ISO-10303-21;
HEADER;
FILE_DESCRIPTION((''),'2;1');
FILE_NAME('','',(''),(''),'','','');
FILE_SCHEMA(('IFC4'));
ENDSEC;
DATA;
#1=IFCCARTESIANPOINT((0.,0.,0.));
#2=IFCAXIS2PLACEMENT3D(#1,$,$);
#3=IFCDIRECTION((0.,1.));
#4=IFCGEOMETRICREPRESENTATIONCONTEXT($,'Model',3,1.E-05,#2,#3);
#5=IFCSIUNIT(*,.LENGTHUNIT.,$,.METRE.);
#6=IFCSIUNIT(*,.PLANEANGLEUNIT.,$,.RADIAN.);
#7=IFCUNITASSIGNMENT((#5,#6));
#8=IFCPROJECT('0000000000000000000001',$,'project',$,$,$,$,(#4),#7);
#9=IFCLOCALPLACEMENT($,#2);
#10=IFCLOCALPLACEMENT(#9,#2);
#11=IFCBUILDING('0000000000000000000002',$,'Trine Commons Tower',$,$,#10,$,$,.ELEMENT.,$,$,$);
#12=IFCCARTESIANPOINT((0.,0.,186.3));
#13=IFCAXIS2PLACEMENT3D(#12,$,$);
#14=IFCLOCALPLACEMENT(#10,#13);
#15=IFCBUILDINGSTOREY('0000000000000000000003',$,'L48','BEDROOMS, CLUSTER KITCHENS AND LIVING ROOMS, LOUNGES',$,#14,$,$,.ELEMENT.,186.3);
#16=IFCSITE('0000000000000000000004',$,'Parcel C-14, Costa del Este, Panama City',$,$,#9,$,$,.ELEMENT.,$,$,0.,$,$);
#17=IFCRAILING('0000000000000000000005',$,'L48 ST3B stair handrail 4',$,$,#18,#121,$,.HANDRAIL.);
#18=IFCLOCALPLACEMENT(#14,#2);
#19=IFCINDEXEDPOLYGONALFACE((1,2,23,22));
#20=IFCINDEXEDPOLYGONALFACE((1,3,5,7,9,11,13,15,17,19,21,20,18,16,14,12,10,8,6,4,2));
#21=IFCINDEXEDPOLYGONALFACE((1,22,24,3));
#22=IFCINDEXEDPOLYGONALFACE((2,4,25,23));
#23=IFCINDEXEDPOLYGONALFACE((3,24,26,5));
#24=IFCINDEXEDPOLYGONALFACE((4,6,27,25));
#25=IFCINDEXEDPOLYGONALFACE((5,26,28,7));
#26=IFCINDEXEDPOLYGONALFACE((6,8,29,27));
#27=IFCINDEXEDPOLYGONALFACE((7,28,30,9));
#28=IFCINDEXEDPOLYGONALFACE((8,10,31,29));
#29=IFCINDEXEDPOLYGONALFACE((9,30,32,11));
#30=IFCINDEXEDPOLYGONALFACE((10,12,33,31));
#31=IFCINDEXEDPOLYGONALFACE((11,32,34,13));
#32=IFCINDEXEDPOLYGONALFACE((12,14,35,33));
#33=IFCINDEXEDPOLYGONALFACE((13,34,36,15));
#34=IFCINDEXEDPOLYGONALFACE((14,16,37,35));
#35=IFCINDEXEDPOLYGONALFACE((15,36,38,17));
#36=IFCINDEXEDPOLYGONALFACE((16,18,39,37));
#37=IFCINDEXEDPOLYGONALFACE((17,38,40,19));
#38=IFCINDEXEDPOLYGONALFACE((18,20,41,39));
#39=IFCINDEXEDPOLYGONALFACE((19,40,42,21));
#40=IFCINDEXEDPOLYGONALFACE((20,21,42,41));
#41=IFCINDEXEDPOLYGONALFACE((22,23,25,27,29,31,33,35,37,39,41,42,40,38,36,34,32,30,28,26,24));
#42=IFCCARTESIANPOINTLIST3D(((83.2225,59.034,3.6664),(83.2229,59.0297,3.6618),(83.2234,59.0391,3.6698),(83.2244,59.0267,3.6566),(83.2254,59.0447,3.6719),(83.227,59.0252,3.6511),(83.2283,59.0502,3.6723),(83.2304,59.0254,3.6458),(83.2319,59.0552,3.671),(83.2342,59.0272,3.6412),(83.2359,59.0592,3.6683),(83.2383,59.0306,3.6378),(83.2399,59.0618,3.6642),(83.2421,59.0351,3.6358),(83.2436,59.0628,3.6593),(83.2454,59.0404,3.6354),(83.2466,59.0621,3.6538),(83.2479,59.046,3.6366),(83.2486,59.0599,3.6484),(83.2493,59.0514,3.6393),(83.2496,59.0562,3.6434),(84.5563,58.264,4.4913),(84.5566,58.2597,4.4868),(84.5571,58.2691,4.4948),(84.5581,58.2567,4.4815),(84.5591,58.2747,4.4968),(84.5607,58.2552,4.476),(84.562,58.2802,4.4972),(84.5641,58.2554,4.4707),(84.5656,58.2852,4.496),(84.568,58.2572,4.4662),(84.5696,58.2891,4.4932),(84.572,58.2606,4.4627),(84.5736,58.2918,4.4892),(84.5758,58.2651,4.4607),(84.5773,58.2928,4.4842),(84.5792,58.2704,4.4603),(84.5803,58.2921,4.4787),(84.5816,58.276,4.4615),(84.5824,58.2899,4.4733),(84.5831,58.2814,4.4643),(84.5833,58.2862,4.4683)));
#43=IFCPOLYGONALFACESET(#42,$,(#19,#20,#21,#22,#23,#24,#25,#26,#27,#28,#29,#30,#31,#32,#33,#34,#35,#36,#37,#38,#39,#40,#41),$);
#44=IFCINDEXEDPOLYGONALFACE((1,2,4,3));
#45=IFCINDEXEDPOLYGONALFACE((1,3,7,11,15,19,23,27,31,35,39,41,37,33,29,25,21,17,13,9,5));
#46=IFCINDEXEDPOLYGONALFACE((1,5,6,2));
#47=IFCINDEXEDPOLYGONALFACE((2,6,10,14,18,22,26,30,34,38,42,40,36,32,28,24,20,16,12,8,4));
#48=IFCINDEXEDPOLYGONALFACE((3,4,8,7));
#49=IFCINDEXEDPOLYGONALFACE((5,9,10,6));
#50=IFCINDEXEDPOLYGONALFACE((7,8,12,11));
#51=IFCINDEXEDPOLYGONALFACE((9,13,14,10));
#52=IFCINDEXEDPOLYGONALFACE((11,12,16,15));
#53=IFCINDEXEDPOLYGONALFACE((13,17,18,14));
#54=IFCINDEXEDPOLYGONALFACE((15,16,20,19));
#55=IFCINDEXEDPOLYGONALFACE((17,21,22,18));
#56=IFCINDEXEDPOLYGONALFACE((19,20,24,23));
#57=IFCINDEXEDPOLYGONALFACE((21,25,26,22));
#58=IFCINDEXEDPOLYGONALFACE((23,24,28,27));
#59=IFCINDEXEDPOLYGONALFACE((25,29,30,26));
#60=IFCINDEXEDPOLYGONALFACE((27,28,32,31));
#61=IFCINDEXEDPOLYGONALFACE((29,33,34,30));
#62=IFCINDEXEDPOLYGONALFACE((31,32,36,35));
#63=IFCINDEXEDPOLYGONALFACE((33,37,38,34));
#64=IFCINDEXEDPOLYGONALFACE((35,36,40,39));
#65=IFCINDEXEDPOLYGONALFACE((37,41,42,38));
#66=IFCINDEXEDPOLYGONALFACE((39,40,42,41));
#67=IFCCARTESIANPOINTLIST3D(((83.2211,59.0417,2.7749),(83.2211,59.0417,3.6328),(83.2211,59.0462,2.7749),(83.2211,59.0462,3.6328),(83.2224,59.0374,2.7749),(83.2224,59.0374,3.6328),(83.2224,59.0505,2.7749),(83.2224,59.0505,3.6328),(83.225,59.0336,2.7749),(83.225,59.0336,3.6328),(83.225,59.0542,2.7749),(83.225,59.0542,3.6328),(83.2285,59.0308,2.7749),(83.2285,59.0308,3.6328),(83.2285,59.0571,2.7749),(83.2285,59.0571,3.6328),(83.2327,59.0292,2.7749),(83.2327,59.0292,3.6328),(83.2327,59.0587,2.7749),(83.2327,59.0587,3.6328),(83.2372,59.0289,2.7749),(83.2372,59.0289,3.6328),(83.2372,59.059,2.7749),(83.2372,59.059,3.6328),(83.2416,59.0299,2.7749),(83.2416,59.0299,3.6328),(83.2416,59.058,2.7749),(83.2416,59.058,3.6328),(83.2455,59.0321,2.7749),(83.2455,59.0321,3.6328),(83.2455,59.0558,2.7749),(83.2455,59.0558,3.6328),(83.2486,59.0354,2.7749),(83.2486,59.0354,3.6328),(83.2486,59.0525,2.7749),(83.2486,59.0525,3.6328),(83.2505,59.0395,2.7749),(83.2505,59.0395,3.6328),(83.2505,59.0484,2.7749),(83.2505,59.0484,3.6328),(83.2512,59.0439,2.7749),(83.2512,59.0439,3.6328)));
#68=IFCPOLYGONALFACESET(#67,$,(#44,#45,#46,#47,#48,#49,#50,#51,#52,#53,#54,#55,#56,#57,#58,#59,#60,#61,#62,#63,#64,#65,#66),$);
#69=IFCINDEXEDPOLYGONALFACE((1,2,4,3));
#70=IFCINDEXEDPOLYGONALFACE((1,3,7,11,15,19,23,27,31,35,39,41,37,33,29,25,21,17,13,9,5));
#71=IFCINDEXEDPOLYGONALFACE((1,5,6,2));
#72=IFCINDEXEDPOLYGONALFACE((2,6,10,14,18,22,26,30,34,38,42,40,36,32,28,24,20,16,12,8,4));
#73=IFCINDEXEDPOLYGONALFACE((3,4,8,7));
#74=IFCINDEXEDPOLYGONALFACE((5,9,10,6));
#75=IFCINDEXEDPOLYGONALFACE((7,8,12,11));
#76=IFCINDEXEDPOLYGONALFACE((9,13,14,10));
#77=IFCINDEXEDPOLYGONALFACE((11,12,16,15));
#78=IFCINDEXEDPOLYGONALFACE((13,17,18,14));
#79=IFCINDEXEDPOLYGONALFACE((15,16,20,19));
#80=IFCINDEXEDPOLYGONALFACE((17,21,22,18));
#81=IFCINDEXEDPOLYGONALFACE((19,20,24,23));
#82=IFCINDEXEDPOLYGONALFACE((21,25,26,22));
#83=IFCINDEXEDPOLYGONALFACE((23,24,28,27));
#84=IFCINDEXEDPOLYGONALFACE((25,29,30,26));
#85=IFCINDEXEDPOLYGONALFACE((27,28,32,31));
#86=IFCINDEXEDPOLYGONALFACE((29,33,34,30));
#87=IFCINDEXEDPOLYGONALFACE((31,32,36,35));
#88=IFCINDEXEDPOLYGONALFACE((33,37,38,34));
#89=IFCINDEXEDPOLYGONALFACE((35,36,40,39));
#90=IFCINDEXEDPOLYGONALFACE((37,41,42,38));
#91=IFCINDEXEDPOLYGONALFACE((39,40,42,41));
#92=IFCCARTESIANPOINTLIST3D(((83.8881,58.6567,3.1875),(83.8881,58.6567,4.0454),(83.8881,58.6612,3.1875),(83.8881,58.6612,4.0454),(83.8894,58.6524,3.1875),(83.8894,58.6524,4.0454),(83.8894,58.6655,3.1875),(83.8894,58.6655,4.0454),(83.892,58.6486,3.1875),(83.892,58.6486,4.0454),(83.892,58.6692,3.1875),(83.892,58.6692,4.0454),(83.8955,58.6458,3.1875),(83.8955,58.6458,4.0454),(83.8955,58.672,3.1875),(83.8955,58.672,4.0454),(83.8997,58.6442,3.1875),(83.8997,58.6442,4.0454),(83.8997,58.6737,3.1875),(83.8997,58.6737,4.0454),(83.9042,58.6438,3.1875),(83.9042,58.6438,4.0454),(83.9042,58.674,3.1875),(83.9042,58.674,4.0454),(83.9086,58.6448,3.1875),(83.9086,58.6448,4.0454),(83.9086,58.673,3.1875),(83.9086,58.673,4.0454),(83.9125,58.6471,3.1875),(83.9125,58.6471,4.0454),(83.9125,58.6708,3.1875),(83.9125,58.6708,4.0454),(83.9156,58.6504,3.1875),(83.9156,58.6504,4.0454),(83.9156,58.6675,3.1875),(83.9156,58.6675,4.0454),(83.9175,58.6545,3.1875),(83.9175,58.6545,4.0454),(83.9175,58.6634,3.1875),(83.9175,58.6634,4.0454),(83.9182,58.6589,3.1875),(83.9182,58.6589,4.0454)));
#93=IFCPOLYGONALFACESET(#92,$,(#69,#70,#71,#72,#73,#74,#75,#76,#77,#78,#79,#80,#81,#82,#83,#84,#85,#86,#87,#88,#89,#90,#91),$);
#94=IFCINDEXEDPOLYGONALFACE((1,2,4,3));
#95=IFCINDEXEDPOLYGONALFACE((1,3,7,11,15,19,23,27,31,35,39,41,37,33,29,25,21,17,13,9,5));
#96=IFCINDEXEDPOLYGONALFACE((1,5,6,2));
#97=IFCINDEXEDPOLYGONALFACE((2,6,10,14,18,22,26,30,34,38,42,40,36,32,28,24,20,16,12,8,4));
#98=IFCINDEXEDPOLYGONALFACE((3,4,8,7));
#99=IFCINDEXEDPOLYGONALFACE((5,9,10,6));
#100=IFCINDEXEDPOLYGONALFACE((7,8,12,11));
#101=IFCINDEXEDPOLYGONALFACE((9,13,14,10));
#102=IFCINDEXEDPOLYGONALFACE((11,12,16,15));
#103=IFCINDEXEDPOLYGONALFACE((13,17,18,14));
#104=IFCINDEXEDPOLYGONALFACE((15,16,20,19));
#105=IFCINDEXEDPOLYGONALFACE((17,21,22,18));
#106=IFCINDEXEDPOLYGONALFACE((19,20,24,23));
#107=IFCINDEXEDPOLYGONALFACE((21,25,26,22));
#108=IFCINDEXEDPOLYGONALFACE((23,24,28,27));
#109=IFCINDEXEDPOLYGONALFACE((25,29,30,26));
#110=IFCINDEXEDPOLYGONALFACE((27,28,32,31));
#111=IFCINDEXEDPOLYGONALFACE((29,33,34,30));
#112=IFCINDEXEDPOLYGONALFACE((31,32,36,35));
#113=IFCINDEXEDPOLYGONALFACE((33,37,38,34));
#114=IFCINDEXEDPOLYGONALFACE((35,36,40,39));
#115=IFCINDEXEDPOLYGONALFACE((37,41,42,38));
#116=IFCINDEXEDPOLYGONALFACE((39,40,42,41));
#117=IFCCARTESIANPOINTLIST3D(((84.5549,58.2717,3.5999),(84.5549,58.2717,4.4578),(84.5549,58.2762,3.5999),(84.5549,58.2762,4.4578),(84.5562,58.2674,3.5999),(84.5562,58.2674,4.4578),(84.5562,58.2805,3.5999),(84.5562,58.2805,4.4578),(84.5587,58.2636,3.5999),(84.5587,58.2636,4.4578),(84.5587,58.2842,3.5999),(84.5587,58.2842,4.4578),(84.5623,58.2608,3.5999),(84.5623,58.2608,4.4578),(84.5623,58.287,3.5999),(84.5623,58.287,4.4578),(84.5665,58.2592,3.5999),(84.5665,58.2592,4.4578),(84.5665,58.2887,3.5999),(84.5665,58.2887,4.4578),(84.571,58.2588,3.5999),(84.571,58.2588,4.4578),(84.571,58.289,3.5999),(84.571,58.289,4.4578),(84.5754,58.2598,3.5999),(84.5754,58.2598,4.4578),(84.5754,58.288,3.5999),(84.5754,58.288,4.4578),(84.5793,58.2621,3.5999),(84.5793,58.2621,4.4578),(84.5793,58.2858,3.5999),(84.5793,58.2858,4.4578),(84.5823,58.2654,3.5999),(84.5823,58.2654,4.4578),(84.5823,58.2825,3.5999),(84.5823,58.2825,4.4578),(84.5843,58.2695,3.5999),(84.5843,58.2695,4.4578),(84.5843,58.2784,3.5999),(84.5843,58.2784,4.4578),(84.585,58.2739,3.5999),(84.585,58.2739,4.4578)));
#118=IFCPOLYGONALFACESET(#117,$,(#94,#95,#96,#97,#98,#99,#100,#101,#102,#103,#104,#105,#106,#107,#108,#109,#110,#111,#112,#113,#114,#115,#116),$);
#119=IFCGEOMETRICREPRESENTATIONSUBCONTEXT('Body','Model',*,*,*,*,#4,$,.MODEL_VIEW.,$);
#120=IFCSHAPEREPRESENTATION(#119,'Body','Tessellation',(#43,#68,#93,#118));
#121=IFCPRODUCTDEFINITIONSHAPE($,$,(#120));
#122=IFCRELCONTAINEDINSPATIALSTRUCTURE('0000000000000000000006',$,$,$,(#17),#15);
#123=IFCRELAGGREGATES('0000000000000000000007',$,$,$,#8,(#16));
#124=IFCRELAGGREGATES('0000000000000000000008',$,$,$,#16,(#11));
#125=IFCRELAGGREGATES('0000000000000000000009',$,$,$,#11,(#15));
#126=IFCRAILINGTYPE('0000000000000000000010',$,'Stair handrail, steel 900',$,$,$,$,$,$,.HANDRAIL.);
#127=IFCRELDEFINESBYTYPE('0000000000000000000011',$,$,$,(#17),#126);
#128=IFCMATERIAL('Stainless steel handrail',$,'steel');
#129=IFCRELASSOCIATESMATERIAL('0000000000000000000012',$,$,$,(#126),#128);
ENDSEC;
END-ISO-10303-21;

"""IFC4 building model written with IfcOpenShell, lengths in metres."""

from ifc_helpers import new_model, si_unit, direction, frame, origin, origin_2d, place, context, subcontext, project, spatial, circle, extrude, material, type_object, element, save


model = new_model("IFC4")

# Units and contexts
model_context = context("Model", 3, precision=1e-05, world=origin(), true_north=direction((0.0, 1.0)))
body_context = subcontext(model_context, "Body", "Model", "MODEL_VIEW")
ifc_project = project(units=[si_unit("LENGTHUNIT", "METRE"), si_unit("PLANEANGLEUNIT", "RADIAN")], contexts=[model_context])

# Site, building, storey
site_placement = place(None, origin())
site = spatial("IfcSite", under=ifc_project, at=site_placement, Name="Parcel C-14, Costa del Este, Panama City", CompositionType="ELEMENT", RefElevation=0.0)
building_placement = place(site_placement, origin())
building = spatial("IfcBuilding", under=site, at=building_placement, Name="Trine Commons Tower", CompositionType="ELEMENT")
storey_placement = place(building_placement, frame((0.0, 0.0, 186.3)))
storey = spatial("IfcBuildingStorey", under=building, at=storey_placement, Name="L48", Description="BEDROOMS, CLUSTER KITCHENS AND LIVING ROOMS, LOUNGES", CompositionType="ELEMENT", Elevation=186.3)

# Railing
ifc_material_1 = material(Name="Stainless steel handrail", Category="steel")
railing_type_1 = type_object("IfcRailingType", Name="Stair handrail, steel 900", PredefinedType="HANDRAIL", material=ifc_material_1)
for number, where, name in (
    (1, (83.2361, 59.0439, 2.7749), "L48 ST3B stair handrail 4"),
):
    element("IfcRailing", number, at=place(storey_placement, frame(where)), inside=storey, type_object=railing_type_1, Name=name, PredefinedType="HANDRAIL", context=body_context, shape_type="SweptSolid", body=[
        extrude(circle(Radius=0.021, at=origin_2d()), frame((0.0, 0.0, 0.8789), z_axis=(0.763405, -0.440743, 0.472185), x_axis=(0.499992, 0.86603, 0.0)), (0.0, 0.0, 1.0), 1.7471),
        extrude(circle(Radius=0.0151, at=origin_2d()), origin(), (0.0, 0.0, 1.0), 0.8579),
        extrude(circle(Radius=0.0151, at=origin_2d()), frame((0.667, -0.385, 0.4126)), (0.0, 0.0, 1.0), 0.8579),
        extrude(circle(Radius=0.0151, at=origin_2d()), frame((1.3337, -0.77, 0.825)), (0.0, 0.0, 1.0), 0.8579),
    ])

save(model, "model.ifc")
